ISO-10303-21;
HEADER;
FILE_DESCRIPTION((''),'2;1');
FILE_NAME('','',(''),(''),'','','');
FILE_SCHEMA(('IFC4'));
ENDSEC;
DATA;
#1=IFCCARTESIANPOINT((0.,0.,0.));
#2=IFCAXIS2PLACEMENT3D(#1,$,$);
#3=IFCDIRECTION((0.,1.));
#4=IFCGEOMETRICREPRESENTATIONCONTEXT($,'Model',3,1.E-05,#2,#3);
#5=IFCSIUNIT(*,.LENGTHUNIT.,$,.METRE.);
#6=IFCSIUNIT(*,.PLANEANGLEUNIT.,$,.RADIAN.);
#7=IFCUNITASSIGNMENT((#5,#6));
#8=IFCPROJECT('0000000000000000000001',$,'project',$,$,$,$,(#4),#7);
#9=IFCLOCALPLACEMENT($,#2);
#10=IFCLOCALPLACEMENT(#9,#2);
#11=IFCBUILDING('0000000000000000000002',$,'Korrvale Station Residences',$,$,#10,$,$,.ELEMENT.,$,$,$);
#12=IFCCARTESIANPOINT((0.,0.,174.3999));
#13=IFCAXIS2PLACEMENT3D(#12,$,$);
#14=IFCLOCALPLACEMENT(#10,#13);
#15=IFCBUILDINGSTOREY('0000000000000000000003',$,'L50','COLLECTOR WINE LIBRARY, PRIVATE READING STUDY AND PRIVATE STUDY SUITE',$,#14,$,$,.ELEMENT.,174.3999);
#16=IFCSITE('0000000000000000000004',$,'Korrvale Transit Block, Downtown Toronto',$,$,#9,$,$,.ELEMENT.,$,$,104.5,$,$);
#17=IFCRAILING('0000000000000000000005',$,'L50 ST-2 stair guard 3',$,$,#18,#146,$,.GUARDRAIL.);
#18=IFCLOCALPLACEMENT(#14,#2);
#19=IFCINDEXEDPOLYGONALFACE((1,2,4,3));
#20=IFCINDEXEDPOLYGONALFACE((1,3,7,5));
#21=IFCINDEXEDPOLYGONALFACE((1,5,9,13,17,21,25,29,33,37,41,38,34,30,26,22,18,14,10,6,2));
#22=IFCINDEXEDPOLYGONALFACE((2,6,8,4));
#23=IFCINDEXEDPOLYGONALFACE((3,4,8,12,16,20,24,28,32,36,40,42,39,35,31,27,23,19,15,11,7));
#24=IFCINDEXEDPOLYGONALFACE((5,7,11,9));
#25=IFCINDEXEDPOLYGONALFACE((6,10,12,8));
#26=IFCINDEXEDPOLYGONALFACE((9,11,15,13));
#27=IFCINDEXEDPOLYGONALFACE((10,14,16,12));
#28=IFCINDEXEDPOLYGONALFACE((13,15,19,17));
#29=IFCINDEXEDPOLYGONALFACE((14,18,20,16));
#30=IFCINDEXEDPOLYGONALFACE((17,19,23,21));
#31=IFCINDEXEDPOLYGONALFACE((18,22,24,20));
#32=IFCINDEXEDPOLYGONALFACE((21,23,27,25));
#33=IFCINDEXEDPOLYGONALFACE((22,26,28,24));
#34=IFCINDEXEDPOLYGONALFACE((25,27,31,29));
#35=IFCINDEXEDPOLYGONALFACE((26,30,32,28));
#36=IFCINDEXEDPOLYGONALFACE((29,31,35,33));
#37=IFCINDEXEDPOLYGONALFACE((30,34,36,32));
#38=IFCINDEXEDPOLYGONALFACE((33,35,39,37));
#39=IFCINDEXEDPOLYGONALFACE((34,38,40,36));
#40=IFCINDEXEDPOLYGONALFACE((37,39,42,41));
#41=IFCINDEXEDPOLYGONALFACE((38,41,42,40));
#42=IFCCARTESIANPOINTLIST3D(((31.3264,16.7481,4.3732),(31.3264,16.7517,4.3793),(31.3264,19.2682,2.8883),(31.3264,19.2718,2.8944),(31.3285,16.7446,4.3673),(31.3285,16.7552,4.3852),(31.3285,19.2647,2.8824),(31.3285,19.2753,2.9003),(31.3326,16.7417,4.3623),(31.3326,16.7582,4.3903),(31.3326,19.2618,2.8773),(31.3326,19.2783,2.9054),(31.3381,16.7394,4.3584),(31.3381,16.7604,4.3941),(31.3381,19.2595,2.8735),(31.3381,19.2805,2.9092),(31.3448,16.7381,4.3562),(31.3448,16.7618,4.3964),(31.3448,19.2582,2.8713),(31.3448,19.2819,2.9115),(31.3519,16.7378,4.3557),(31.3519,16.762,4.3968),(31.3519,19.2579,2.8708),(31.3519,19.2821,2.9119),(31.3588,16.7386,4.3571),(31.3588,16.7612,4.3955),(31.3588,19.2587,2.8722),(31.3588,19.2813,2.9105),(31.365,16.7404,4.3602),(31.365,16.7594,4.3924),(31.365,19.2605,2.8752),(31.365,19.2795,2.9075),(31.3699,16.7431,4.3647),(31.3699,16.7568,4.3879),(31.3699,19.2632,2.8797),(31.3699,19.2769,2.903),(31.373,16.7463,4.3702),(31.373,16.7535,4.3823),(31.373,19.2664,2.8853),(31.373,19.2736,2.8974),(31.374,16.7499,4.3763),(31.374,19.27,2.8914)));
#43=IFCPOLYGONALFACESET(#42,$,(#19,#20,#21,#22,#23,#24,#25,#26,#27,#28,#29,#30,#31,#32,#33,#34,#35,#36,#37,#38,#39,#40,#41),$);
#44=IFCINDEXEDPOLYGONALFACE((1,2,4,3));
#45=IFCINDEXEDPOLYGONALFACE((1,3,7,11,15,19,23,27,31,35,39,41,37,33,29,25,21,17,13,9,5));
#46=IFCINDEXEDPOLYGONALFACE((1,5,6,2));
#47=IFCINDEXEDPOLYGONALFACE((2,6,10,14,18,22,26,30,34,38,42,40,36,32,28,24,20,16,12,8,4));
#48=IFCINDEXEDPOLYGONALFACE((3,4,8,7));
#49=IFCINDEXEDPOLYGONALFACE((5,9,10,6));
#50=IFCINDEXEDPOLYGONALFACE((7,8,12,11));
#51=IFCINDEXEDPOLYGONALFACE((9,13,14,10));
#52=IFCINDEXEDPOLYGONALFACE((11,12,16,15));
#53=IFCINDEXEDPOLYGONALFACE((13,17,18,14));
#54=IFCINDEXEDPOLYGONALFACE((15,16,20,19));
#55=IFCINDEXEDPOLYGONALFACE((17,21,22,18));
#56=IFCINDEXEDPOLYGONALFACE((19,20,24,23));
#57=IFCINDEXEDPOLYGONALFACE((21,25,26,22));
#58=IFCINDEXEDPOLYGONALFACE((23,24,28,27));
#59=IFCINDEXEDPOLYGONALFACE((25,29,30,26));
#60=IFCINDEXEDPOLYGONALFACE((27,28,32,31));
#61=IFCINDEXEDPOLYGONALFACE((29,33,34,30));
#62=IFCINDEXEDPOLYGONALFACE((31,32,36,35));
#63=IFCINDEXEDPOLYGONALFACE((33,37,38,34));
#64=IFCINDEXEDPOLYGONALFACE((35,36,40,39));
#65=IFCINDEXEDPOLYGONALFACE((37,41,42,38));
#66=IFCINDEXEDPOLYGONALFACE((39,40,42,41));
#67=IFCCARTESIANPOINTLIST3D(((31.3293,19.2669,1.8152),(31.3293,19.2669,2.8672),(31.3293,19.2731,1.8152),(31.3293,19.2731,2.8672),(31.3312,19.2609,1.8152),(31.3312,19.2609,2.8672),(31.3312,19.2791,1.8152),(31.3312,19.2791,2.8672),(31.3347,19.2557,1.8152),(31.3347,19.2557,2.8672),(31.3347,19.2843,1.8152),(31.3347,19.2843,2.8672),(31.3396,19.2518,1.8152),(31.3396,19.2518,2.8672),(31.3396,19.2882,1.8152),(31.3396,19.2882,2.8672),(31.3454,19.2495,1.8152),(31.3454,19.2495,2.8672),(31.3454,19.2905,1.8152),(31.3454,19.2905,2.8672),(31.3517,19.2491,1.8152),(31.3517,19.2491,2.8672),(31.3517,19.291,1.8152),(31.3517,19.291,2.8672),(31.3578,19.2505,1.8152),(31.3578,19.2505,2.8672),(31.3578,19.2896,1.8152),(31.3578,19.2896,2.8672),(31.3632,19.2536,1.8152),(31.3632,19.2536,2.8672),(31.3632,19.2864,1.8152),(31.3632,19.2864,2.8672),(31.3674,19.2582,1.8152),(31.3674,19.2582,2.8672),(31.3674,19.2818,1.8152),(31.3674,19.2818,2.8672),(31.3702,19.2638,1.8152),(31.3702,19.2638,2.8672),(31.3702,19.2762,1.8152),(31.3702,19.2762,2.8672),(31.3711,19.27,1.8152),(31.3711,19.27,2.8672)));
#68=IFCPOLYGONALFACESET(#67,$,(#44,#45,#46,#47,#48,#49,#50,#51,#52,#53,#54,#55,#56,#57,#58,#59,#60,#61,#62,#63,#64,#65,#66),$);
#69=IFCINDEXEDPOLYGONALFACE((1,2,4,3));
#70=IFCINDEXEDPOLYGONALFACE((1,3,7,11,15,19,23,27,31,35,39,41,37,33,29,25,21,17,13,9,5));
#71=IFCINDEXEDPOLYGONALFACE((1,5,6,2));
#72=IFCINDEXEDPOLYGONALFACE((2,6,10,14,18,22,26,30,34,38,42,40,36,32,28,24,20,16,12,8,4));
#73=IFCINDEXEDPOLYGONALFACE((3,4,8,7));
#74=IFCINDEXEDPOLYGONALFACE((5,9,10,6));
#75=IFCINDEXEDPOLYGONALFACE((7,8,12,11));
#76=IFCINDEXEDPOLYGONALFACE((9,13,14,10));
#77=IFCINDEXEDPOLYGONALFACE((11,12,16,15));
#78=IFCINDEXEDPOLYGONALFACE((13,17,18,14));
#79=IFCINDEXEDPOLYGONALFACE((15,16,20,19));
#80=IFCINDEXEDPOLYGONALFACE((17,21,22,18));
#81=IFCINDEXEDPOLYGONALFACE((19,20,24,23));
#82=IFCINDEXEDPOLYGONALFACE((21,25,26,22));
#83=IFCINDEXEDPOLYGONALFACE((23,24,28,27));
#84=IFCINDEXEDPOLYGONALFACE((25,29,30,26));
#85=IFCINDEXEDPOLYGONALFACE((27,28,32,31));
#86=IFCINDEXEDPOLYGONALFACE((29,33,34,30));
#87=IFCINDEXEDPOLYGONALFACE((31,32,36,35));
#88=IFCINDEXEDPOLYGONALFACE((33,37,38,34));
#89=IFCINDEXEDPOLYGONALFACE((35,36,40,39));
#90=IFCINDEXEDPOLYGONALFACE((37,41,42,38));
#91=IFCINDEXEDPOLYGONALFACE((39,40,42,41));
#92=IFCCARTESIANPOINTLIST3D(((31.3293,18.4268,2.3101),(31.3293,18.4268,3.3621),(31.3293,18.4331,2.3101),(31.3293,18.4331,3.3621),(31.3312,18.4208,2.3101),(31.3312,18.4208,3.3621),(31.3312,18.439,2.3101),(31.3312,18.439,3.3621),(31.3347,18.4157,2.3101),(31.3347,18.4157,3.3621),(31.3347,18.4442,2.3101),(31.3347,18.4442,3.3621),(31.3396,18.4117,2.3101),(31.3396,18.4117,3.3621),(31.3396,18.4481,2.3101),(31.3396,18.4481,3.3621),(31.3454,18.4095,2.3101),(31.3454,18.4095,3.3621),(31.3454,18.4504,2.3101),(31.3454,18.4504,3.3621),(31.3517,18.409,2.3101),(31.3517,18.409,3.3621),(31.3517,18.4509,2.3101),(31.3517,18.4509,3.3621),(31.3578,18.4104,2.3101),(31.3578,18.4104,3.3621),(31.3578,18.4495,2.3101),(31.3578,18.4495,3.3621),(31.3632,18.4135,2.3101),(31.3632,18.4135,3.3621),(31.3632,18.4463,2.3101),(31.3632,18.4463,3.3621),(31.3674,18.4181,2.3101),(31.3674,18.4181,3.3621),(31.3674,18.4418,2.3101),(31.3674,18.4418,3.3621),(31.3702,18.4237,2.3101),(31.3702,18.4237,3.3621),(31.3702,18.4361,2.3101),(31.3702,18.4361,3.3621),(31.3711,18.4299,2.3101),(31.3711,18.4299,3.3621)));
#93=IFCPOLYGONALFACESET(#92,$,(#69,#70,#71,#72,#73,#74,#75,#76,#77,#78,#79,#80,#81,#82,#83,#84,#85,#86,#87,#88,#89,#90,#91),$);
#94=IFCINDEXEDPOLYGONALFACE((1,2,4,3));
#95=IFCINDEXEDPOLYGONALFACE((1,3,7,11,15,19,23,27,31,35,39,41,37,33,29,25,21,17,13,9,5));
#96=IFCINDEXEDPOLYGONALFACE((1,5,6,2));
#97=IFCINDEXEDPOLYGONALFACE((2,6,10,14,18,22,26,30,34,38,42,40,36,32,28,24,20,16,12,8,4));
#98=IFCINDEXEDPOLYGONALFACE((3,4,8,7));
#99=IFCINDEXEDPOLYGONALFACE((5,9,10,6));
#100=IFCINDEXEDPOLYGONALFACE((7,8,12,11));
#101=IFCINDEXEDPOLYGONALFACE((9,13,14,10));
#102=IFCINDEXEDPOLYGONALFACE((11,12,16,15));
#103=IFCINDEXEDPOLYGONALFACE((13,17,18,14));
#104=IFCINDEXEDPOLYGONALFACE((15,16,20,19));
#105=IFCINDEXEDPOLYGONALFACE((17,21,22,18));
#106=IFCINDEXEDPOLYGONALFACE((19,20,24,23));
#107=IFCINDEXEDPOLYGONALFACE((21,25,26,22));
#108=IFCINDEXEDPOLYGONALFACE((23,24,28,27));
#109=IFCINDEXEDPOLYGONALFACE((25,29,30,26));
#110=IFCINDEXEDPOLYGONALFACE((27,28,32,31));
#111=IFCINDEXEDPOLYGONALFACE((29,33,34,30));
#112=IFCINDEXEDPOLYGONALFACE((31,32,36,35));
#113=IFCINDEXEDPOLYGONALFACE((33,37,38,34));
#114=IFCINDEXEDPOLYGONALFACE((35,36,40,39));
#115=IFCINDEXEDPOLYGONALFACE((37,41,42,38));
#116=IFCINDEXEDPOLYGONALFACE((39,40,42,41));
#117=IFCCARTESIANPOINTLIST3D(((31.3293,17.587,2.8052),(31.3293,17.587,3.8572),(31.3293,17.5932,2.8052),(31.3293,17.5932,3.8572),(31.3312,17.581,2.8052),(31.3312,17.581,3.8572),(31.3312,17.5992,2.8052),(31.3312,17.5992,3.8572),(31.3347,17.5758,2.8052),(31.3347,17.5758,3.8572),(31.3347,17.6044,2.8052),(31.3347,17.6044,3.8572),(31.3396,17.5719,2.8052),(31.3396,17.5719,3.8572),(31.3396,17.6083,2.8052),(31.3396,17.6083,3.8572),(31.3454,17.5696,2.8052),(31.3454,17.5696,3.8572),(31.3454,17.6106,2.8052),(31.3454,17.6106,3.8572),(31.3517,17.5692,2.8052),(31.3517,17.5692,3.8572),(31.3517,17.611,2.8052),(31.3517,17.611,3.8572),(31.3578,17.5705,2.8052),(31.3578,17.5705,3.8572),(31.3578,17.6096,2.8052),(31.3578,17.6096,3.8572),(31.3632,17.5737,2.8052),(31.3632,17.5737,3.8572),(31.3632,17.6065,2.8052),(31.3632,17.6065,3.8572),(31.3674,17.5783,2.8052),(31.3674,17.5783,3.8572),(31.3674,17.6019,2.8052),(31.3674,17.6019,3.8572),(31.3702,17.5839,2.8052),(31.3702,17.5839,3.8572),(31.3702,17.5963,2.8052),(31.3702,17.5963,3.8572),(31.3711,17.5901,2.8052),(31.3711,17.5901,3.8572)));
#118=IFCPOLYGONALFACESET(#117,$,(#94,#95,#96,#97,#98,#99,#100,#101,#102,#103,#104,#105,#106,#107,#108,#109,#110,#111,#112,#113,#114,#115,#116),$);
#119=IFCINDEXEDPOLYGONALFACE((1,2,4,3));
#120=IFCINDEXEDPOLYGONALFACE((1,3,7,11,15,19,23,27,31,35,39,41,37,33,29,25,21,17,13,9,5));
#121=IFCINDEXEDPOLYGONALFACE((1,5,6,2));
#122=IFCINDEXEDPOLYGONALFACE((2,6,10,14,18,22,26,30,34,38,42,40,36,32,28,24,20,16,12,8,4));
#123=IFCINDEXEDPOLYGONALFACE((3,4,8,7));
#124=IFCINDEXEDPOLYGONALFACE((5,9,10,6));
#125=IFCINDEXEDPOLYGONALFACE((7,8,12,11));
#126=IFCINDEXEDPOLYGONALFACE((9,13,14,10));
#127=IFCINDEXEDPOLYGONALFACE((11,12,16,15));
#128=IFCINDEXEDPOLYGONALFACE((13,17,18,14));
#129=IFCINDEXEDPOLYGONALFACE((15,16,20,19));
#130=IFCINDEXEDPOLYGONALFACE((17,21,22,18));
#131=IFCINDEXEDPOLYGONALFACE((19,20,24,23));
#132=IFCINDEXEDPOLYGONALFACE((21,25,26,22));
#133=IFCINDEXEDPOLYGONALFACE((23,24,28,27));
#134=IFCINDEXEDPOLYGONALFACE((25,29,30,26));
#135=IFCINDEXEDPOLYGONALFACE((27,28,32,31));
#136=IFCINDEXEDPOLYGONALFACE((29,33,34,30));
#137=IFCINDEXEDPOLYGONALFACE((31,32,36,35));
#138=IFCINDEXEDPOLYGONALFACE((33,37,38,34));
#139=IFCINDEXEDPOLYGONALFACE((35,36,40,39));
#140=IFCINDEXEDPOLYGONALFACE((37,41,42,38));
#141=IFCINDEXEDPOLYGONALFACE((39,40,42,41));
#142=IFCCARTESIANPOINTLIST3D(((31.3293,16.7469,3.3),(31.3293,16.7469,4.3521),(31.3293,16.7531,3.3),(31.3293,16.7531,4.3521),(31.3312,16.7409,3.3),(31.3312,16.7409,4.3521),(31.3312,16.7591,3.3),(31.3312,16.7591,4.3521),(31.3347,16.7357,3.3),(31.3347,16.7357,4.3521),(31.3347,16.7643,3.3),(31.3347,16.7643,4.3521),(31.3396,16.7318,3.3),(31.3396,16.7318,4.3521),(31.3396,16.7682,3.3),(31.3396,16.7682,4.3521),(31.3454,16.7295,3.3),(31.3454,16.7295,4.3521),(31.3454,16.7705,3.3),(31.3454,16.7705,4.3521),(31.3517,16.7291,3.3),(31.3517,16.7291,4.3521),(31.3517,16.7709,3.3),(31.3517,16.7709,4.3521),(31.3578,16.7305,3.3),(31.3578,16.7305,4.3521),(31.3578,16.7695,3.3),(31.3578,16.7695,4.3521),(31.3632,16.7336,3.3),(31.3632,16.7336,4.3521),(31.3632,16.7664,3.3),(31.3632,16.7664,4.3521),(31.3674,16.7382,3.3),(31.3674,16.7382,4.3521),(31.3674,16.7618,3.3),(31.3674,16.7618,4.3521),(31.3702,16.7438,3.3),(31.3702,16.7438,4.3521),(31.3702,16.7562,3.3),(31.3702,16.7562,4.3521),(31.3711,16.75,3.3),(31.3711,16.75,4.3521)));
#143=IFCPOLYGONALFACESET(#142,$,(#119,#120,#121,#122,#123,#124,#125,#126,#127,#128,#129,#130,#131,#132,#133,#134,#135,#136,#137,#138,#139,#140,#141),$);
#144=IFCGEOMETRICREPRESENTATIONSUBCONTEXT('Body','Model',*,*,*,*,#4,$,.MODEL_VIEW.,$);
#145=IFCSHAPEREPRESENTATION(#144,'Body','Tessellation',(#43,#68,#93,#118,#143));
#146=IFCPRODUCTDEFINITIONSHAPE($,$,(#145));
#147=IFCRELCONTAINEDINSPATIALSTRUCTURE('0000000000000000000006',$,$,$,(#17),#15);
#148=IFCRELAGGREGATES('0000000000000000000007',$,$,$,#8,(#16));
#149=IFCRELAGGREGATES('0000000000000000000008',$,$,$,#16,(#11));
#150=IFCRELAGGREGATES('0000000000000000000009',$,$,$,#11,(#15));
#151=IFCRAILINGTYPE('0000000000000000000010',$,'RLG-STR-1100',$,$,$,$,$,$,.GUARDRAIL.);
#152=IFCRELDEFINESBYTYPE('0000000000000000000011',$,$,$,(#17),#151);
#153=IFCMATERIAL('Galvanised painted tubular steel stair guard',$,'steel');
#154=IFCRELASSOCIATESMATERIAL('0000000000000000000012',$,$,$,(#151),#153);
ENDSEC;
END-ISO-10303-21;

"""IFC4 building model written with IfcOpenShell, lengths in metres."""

from ifc_helpers import new_model, si_unit, direction, frame, origin, origin_2d, place, context, subcontext, project, spatial, circle, extrude, material, type_object, element, save


model = new_model("IFC4")

# Units and contexts
model_context = context("Model", 3, precision=1e-05, world=origin(), true_north=direction((0.0, 1.0)))
body_context = subcontext(model_context, "Body", "Model", "MODEL_VIEW")
ifc_project = project(units=[si_unit("LENGTHUNIT", "METRE"), si_unit("PLANEANGLEUNIT", "RADIAN")], contexts=[model_context])

# Site, building, storey
site_placement = place(None, origin())
site = spatial("IfcSite", under=ifc_project, at=site_placement, Name="Korrvale Transit Block, Downtown Toronto", CompositionType="ELEMENT", RefElevation=104.5)
building_placement = place(site_placement, origin())
building = spatial("IfcBuilding", under=site, at=building_placement, Name="Korrvale Station Residences", CompositionType="ELEMENT")
storey_placement = place(building_placement, frame((0.0, 0.0, 174.3999)))
storey = spatial("IfcBuildingStorey", under=building, at=storey_placement, Name="L50", Description="COLLECTOR WINE LIBRARY, PRIVATE READING STUDY AND PRIVATE STUDY SUITE", CompositionType="ELEMENT", Elevation=174.3999)

# Railing
ifc_material_1 = material(Name="Galvanised painted tubular steel stair guard", Category="steel")
railing_type_1 = type_object("IfcRailingType", Name="RLG-STR-1100", PredefinedType="GUARDRAIL", material=ifc_material_1)
railing_1_placement = place(storey_placement, frame((31.3501, 19.27, 1.8152)))
element("IfcRailing", 1, at=railing_1_placement, inside=storey, type_object=railing_type_1, Name="L50 ST-2 stair guard 3", PredefinedType="GUARDRAIL", context=body_context, shape_type="SweptSolid", body=[
    extrude(circle(Radius=0.0239, at=origin_2d()), frame((0.0, 0.0, 1.0762), z_axis=(0.0, -0.861561, 0.507655), x_axis=(1.0, 0.0, 0.0)), (0.0, 0.0, 1.0), 2.925),
    extrude(circle(Radius=0.021, at=origin_2d()), origin(), (0.0, 0.0, 1.0), 1.052),
    extrude(circle(Radius=0.021, at=origin_2d()), frame((0.0, -0.8401, 0.4949)), (0.0, 0.0, 1.0), 1.052),
    extrude(circle(Radius=0.021, at=origin_2d()), frame((0.0, -1.6799, 0.99)), (0.0, 0.0, 1.0), 1.052),
    extrude(circle(Radius=0.021, at=origin_2d()), frame((0.0, -2.52, 1.4849)), (0.0, 0.0, 1.0), 1.052),
])

save(model, "model.ifc")
